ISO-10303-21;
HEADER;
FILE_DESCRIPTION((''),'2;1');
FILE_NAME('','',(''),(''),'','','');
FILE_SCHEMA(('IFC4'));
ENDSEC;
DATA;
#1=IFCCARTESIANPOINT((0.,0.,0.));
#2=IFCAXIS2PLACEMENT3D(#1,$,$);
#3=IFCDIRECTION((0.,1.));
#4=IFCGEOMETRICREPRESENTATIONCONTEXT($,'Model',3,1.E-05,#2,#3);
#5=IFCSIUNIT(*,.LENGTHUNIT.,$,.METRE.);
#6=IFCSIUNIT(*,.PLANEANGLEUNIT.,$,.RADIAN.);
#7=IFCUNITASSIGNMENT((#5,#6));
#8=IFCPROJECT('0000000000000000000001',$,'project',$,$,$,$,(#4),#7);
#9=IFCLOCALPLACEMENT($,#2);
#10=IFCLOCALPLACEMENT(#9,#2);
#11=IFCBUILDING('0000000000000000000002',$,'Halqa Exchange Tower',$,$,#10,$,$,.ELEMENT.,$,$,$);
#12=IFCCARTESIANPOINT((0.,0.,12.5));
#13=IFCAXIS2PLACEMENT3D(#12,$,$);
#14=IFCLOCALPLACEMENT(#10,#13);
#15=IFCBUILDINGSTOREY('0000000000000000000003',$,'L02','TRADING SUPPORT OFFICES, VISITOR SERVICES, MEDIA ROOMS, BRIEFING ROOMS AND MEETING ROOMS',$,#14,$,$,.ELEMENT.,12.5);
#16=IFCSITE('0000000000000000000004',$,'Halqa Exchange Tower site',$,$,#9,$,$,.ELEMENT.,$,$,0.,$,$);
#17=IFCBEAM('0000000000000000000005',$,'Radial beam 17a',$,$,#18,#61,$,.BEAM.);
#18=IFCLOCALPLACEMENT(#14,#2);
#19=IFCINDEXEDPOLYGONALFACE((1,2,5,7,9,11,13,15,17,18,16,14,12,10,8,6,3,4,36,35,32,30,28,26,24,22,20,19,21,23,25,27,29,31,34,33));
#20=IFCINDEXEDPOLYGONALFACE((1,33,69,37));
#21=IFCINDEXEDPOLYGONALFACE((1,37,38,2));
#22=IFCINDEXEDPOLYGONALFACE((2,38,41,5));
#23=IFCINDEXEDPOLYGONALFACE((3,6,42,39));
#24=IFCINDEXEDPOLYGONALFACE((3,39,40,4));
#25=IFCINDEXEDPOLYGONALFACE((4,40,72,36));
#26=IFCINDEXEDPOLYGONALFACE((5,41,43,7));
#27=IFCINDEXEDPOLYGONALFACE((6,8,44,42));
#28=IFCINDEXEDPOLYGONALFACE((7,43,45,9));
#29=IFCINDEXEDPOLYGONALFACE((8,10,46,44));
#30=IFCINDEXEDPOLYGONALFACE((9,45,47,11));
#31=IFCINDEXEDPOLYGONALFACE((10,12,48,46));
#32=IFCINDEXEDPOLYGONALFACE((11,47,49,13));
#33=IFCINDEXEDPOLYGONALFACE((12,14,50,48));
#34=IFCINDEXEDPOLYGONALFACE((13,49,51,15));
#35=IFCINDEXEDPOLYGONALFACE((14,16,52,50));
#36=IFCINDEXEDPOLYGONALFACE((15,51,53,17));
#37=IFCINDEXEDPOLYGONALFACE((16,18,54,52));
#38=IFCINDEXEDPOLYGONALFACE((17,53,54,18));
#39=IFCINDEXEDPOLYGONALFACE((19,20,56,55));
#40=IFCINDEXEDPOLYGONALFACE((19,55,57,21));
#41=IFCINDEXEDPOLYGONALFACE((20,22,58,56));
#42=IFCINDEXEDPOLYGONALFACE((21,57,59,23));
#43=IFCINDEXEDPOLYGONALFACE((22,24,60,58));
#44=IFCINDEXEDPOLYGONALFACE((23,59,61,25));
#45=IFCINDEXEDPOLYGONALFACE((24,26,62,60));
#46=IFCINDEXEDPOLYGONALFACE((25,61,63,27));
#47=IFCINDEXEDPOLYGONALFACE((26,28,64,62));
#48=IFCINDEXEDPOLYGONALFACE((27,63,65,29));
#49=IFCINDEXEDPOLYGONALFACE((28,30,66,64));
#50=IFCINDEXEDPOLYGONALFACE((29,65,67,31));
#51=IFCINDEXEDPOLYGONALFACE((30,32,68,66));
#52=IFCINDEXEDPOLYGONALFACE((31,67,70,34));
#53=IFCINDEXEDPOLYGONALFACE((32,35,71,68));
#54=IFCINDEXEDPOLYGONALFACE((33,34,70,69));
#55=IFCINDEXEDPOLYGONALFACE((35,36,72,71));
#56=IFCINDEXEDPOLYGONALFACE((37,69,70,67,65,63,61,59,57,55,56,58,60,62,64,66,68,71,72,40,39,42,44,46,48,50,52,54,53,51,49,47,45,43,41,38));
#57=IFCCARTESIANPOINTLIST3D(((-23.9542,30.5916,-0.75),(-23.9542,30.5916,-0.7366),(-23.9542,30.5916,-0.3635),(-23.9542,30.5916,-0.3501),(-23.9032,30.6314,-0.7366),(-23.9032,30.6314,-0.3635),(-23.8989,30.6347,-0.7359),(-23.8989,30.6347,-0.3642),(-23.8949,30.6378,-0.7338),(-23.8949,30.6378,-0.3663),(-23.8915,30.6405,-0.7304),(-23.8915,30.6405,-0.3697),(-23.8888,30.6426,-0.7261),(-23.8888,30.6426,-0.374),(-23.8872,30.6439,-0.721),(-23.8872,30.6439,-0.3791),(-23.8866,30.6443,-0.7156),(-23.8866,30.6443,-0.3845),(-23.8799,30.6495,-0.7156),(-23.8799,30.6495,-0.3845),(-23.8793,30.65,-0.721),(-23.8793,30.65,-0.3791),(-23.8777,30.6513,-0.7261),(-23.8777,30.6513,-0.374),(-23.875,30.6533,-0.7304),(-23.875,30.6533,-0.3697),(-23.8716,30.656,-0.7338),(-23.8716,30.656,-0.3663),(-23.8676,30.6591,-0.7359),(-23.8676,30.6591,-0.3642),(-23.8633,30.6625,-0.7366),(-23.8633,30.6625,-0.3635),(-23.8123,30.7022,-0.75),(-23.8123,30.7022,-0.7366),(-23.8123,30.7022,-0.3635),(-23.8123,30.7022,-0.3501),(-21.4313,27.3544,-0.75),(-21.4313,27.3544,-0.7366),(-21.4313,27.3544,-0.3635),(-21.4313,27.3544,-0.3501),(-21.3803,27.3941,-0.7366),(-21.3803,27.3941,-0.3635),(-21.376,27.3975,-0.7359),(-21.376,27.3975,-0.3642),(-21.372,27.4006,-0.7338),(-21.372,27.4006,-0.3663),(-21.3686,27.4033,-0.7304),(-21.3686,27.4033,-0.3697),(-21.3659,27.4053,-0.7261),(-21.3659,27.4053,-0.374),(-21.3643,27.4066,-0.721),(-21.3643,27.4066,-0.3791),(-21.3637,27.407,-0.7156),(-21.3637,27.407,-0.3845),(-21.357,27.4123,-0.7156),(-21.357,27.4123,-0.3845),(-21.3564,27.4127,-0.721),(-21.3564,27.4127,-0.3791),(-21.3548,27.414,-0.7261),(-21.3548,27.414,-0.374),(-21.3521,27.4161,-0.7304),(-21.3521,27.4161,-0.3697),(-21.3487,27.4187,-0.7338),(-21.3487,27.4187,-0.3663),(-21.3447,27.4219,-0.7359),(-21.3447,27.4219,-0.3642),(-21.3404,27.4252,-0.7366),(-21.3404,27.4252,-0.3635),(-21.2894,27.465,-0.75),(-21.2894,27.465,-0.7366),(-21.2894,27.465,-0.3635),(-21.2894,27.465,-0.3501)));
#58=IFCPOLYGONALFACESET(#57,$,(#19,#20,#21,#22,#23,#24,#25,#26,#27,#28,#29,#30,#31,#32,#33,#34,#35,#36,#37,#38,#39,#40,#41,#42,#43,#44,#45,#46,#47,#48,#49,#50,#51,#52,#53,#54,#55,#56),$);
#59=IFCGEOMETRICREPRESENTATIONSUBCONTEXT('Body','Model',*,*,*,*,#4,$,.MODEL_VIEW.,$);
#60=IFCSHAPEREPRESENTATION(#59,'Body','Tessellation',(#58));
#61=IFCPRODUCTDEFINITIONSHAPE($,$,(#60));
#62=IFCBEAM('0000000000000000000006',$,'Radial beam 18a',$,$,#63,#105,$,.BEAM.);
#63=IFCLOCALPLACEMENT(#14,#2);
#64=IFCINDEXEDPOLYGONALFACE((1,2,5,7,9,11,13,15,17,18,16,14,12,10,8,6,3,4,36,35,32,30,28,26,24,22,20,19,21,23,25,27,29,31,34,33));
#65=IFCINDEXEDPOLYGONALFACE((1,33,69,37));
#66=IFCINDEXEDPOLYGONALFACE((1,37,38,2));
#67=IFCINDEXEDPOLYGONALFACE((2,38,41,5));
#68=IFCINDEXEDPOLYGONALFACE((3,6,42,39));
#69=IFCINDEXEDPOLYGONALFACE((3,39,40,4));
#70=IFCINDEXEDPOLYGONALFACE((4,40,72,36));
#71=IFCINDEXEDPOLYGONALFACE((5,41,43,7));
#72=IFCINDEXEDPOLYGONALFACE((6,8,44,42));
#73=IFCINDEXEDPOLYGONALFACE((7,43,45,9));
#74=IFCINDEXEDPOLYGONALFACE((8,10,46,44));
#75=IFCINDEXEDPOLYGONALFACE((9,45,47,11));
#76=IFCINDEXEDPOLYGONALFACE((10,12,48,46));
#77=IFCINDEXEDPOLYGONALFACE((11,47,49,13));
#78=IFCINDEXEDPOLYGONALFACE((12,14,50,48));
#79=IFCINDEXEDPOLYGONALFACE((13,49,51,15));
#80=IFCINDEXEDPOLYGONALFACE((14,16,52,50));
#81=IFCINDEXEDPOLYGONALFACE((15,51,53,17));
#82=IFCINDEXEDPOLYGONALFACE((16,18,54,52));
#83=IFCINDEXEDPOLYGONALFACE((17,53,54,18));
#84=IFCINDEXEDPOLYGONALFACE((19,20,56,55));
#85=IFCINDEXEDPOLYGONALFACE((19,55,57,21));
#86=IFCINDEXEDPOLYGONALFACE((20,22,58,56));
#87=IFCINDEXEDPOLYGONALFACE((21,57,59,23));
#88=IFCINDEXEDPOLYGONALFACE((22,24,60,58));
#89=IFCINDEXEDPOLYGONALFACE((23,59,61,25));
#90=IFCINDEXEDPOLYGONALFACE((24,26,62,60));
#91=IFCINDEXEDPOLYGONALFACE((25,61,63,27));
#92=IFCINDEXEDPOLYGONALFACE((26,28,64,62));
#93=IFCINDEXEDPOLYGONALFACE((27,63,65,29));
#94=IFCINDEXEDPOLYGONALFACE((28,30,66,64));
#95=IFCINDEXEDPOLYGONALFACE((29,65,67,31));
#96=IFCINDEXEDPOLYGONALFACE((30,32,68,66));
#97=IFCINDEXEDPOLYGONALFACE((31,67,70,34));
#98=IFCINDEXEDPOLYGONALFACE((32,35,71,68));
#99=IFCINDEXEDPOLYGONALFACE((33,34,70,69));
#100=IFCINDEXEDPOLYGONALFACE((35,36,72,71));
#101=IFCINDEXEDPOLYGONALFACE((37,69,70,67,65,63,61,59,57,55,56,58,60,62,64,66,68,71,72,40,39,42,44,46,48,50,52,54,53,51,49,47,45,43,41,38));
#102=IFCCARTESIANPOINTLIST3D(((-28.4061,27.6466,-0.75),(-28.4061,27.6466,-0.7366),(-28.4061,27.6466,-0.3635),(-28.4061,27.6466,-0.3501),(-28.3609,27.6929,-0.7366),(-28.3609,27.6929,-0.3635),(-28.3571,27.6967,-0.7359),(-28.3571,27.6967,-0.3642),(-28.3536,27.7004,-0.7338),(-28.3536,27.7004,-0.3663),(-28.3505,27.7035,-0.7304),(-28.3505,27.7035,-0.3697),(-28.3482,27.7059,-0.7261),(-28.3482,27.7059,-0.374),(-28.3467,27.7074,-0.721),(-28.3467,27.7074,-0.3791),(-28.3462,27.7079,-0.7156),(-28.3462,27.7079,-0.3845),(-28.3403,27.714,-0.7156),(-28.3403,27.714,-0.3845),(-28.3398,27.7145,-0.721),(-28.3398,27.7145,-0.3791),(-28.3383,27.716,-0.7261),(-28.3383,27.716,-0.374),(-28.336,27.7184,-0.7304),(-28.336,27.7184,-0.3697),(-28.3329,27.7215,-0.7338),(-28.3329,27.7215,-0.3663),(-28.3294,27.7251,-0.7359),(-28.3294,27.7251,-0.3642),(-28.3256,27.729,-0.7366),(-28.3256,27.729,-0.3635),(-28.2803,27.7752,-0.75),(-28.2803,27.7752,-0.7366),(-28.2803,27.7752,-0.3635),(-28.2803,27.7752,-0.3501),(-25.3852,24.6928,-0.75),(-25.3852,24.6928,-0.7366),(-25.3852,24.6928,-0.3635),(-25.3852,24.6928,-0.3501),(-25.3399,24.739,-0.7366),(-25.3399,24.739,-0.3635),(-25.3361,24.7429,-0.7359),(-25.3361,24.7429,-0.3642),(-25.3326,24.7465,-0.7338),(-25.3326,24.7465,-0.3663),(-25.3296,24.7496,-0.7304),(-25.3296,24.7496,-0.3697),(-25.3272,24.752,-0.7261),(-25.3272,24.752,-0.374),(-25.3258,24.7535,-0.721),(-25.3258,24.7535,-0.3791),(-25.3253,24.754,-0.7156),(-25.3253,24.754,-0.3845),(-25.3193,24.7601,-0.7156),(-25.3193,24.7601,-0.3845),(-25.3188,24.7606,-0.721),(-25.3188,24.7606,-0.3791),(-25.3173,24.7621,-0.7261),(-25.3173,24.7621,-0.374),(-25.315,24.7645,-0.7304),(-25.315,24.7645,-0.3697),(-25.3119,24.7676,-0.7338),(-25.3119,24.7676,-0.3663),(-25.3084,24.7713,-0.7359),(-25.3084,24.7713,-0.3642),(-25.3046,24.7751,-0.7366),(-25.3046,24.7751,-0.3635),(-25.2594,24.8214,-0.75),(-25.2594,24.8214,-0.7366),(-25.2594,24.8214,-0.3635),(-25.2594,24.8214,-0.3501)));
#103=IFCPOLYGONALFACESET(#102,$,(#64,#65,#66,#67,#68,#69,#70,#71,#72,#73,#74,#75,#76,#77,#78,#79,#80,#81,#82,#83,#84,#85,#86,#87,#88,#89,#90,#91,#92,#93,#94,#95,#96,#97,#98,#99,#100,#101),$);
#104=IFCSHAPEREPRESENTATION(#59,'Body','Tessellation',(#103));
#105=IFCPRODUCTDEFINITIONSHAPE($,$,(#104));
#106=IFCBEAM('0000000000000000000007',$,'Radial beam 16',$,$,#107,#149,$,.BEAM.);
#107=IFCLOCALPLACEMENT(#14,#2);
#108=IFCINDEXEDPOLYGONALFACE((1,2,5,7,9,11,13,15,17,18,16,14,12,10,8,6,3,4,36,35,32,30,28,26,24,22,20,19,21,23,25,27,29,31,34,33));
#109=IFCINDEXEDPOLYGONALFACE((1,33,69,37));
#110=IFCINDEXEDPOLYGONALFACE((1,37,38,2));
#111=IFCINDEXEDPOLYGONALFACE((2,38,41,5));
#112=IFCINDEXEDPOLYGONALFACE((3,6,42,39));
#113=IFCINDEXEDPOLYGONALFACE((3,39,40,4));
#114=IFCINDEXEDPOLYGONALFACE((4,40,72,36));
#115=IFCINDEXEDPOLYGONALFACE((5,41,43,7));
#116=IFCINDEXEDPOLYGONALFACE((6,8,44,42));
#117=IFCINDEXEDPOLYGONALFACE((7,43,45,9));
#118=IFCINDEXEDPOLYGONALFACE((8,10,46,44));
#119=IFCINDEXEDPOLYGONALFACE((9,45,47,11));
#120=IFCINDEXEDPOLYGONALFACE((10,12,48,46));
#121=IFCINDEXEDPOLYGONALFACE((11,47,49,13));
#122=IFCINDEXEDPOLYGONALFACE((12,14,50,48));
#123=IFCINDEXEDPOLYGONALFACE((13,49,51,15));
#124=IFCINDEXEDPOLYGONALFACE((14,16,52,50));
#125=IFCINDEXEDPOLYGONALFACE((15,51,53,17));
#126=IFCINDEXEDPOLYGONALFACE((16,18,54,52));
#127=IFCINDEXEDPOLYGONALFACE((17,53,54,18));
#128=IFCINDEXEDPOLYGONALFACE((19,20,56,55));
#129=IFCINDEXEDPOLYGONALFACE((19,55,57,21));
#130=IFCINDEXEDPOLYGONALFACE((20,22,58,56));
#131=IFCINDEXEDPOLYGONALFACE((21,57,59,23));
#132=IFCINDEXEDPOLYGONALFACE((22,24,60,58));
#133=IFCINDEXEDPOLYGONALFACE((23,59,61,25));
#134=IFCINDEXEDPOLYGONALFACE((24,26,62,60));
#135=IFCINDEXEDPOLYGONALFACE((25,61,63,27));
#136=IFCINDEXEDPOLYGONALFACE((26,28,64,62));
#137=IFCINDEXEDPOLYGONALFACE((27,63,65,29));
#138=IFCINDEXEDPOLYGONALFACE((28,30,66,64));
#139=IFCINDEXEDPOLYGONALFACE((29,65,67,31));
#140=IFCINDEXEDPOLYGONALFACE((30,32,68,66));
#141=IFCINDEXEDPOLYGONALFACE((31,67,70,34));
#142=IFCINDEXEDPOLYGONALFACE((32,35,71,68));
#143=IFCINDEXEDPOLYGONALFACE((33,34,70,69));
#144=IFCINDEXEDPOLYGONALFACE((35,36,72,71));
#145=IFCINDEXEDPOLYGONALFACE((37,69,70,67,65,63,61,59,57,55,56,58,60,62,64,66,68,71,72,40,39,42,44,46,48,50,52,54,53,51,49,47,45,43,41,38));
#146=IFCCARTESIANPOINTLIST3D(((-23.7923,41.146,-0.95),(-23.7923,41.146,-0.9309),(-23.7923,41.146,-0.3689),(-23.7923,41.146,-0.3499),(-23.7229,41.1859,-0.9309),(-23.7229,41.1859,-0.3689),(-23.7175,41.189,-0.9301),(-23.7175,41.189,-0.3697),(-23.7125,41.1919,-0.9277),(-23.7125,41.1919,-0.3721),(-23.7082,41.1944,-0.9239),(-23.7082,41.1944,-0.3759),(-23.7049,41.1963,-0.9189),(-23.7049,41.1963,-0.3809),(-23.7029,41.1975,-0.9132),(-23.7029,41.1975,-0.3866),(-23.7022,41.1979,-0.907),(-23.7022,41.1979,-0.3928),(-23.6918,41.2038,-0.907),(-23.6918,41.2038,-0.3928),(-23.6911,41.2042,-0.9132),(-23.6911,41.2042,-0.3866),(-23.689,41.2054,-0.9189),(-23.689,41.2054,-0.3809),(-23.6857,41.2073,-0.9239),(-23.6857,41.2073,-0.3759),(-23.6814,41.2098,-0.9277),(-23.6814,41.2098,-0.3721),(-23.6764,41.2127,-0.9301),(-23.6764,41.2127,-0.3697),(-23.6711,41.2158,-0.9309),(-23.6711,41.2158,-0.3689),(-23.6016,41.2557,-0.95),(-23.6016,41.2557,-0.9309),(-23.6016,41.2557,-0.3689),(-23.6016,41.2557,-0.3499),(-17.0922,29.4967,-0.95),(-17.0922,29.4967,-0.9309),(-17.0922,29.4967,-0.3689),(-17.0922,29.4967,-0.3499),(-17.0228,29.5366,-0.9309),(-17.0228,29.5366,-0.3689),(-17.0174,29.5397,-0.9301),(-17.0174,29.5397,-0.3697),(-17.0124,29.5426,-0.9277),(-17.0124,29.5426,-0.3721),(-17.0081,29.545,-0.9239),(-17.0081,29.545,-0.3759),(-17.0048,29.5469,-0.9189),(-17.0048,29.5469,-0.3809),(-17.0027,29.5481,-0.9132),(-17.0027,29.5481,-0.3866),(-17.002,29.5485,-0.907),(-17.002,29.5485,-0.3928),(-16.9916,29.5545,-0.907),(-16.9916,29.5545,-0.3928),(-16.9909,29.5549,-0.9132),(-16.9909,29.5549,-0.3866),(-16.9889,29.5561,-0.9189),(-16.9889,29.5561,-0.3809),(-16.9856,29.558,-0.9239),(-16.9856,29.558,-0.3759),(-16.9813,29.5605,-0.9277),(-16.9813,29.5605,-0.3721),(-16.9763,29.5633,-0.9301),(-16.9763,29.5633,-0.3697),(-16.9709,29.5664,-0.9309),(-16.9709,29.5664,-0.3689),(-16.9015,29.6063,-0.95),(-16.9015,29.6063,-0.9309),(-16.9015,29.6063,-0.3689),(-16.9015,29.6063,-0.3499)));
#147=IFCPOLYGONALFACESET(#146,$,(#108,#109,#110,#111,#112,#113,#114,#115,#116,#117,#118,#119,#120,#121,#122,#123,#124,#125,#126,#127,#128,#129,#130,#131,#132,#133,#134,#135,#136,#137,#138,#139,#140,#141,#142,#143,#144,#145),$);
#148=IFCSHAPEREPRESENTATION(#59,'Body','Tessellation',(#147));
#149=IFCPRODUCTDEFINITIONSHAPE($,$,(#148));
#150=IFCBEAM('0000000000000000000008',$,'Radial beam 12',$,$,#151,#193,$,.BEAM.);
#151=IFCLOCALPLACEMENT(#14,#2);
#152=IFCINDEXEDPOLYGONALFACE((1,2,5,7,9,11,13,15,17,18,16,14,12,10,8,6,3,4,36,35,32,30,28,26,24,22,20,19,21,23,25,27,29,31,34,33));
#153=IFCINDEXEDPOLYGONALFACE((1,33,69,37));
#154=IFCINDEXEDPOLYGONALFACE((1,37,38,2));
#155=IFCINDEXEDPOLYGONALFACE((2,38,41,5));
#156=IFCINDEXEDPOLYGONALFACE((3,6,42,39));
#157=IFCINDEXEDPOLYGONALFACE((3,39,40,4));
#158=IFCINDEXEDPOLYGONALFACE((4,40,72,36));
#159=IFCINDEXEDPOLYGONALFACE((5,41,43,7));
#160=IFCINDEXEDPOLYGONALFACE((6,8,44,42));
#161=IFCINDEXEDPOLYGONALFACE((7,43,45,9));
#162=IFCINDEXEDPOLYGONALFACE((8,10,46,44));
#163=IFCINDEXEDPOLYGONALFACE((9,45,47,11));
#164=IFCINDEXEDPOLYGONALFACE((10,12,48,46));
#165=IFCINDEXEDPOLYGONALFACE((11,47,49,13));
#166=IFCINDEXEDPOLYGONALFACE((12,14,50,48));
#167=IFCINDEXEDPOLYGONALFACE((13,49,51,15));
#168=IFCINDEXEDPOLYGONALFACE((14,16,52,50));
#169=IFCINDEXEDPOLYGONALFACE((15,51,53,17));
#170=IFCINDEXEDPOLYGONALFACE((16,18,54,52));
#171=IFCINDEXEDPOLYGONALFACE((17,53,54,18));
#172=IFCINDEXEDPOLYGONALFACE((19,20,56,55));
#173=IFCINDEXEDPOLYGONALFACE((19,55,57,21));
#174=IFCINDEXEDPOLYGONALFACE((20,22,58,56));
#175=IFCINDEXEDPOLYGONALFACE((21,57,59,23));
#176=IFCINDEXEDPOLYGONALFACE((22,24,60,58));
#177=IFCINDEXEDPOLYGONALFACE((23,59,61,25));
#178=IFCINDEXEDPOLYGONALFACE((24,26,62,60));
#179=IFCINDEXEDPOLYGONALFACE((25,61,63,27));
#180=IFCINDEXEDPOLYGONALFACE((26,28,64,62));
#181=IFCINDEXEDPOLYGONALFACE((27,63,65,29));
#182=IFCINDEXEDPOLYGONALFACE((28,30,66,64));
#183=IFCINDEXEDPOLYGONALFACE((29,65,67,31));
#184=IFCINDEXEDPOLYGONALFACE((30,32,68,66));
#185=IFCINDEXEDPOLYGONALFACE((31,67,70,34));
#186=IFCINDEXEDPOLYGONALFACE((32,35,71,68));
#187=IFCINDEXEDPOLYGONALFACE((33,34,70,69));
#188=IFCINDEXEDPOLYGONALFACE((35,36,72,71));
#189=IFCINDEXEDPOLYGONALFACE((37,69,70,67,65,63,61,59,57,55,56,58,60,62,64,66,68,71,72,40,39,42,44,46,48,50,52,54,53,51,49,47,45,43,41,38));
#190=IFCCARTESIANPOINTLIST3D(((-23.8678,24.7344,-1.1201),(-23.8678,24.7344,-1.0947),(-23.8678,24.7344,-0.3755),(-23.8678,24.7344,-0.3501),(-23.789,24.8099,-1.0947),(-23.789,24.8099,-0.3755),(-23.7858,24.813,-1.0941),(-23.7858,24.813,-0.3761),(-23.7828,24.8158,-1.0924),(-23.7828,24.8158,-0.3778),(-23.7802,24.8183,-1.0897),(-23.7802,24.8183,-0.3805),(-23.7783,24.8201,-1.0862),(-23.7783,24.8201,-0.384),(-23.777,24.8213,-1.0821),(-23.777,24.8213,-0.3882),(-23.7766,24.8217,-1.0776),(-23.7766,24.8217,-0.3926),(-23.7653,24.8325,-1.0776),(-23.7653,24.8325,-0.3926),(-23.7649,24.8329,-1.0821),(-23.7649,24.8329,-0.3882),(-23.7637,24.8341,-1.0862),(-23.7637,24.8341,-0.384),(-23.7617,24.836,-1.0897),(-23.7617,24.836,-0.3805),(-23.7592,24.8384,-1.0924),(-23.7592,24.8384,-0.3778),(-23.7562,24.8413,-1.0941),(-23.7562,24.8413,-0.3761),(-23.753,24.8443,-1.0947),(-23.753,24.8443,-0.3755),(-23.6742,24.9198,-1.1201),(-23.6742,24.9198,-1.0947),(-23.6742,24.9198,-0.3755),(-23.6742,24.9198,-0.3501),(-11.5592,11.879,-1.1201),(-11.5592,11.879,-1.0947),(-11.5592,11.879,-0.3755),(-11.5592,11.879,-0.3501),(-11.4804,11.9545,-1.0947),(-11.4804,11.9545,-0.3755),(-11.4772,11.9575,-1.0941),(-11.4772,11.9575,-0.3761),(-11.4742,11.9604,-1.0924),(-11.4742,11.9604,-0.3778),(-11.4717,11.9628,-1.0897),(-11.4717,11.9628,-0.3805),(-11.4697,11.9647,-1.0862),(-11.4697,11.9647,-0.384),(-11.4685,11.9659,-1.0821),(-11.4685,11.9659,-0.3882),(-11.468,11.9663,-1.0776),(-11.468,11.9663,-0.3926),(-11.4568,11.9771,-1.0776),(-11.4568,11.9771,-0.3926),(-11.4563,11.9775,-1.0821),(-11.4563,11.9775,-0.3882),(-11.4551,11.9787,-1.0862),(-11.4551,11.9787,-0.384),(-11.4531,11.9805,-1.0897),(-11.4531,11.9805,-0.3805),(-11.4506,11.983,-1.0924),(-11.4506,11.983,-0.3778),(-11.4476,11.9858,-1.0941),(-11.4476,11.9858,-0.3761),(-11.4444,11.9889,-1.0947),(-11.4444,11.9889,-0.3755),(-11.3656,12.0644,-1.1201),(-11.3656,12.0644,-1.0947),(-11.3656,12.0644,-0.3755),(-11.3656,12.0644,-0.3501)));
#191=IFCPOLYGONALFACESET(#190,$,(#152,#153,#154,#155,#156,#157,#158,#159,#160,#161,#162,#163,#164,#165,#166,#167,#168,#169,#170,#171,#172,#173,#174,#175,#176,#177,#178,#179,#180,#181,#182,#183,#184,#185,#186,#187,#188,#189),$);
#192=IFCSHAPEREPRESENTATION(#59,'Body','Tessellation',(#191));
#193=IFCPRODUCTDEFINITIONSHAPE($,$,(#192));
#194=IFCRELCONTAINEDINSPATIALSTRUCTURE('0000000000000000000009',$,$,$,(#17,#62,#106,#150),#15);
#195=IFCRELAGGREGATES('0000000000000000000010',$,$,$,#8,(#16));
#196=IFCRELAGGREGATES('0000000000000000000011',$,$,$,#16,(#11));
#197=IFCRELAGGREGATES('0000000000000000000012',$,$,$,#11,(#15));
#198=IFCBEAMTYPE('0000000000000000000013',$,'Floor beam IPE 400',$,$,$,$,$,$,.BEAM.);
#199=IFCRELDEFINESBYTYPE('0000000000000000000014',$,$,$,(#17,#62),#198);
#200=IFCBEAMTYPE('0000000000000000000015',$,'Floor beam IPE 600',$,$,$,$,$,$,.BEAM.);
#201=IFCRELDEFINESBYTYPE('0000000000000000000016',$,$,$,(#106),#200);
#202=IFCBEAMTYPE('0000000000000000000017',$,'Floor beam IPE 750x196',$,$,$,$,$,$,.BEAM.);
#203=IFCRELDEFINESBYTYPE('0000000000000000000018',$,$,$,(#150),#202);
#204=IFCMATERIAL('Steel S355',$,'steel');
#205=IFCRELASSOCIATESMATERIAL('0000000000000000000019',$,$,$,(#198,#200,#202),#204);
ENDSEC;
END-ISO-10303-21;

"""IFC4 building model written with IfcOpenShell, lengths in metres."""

from ifc_helpers import new_model, si_unit, direction, frame, origin, origin_2d, place, context, subcontext, project, spatial, i_section, extrude, material, material_profile, profile_set, type_object, element, save


model = new_model("IFC4")

# Units and contexts
model_context = context("Model", 3, precision=1e-05, world=origin(), true_north=direction((0.0, 1.0)))
body_context = subcontext(model_context, "Body", "Model", "MODEL_VIEW")
ifc_project = project(units=[si_unit("LENGTHUNIT", "METRE"), si_unit("PLANEANGLEUNIT", "RADIAN")], contexts=[model_context])

# Site, building, storey
site_placement = place(None, origin())
site = spatial("IfcSite", under=ifc_project, at=site_placement, Name="Halqa Exchange Tower site", CompositionType="ELEMENT", RefElevation=0.0)
building_placement = place(site_placement, origin())
building = spatial("IfcBuilding", under=site, at=building_placement, Name="Halqa Exchange Tower", CompositionType="ELEMENT")
storey_placement = place(building_placement, frame((0.0, 0.0, 12.5)))
storey = spatial("IfcBuildingStorey", under=building, at=storey_placement, Name="L02", Description="TRADING SUPPORT OFFICES, VISITOR SERVICES, MEDIA ROOMS, BRIEFING ROOMS AND MEETING ROOMS", CompositionType="ELEMENT", Elevation=12.5)

# Beams
ifc_material_1 = material(Name="Steel S355", Category="steel")
ifc_material_profile_1 = material_profile(ifc_material_1, i_section(OverallWidth=0.1799, OverallDepth=0.3999, WebThickness=0.0085, FlangeThickness=0.0134, FilletRadius=0.021, at=origin_2d()), Name="IPE 400")
ifc_profile_set_1 = profile_set([ifc_material_profile_1], Name="Steel S355")
beam_type_1 = type_object("IfcBeamType", Name="Floor beam IPE 400", PredefinedType="BEAM", material=ifc_profile_set_1)
beam_1_placement = place(storey_placement, frame((-21.3604, 27.4097, -0.55), z_axis=(-0.614706, 0.788756, 0.0), x_axis=(-0.788756, -0.614706, 0.0)))
element("IfcBeam", 1, at=beam_1_placement, inside=storey, type_object=beam_type_1, Name="Radial beam 17a", PredefinedType="BEAM", context=body_context, shape_type="SweptSolid", body=[
    extrude(i_section(OverallWidth=0.1799, OverallDepth=0.3999, WebThickness=0.0085, FlangeThickness=0.0134, FilletRadius=0.021, at=origin_2d()), origin(), (0.0, 0.0, 1.0), 4.1042),
])
beam_2_placement = place(storey_placement, frame((-25.3223, 24.7571, -0.55), z_axis=(-0.715007, 0.699117, 0.0), x_axis=(-0.699117, -0.715007, 0.0)))
element("IfcBeam", 2, at=beam_2_placement, inside=storey, type_object=beam_type_1, Name="Radial beam 18a", PredefinedType="BEAM", context=body_context, shape_type="SweptSolid", body=[
    extrude(i_section(OverallWidth=0.1799, OverallDepth=0.3999, WebThickness=0.0085, FlangeThickness=0.0134, FilletRadius=0.021, at=origin_2d()), origin(), (0.0, 0.0, 1.0), 4.2251),
])
ifc_material_profile_2 = material_profile(ifc_material_1, i_section(OverallWidth=0.22, OverallDepth=0.6001, WebThickness=0.012, FlangeThickness=0.019, FilletRadius=0.0239, at=origin_2d()), Name="IPE 600")
ifc_profile_set_2 = profile_set([ifc_material_profile_2], Name="Steel S355")
beam_type_2 = type_object("IfcBeamType", Name="Floor beam IPE 600", PredefinedType="BEAM", material=ifc_profile_set_2)
beam_3_placement = place(storey_placement, frame((-16.9968, 29.5515, -0.6499), z_axis=(-0.498571, 0.866849, 0.0), x_axis=(-0.866849, -0.498571, 0.0)))
element("IfcBeam", 3, at=beam_3_placement, inside=storey, type_object=beam_type_2, Name="Radial beam 16", PredefinedType="BEAM", context=body_context, shape_type="SweptSolid", body=[
    extrude(i_section(OverallWidth=0.22, OverallDepth=0.6001, WebThickness=0.012, FlangeThickness=0.019, FilletRadius=0.0239, at=origin_2d()), origin(), (0.0, 0.0, 1.0), 13.4387),
])
ifc_material_profile_3 = material_profile(ifc_material_1, i_section(OverallWidth=0.2681, OverallDepth=0.77, WebThickness=0.0156, FlangeThickness=0.0254, FilletRadius=0.0171, at=origin_2d()), Name="IPE 750x196")
ifc_profile_set_3 = profile_set([ifc_material_profile_3], Name="Steel S355")
beam_type_3 = type_object("IfcBeamType", Name="Floor beam IPE 750x196", PredefinedType="BEAM", material=ifc_profile_set_3)
beam_4_placement = place(storey_placement, frame((-11.4624, 11.9717, -0.7351), z_axis=(-0.691576, 0.722303, 0.0), x_axis=(-0.722303, -0.691576, 0.0)))
element("IfcBeam", 4, at=beam_4_placement, inside=storey, type_object=beam_type_3, Name="Radial beam 12", PredefinedType="BEAM", context=body_context, shape_type="SweptSolid", body=[
    extrude(i_section(OverallWidth=0.2681, OverallDepth=0.77, WebThickness=0.0156, FlangeThickness=0.0254, FilletRadius=0.0171, at=origin_2d()), origin(), (0.0, 0.0, 1.0), 17.7979),
])

save(model, "model.ifc")
